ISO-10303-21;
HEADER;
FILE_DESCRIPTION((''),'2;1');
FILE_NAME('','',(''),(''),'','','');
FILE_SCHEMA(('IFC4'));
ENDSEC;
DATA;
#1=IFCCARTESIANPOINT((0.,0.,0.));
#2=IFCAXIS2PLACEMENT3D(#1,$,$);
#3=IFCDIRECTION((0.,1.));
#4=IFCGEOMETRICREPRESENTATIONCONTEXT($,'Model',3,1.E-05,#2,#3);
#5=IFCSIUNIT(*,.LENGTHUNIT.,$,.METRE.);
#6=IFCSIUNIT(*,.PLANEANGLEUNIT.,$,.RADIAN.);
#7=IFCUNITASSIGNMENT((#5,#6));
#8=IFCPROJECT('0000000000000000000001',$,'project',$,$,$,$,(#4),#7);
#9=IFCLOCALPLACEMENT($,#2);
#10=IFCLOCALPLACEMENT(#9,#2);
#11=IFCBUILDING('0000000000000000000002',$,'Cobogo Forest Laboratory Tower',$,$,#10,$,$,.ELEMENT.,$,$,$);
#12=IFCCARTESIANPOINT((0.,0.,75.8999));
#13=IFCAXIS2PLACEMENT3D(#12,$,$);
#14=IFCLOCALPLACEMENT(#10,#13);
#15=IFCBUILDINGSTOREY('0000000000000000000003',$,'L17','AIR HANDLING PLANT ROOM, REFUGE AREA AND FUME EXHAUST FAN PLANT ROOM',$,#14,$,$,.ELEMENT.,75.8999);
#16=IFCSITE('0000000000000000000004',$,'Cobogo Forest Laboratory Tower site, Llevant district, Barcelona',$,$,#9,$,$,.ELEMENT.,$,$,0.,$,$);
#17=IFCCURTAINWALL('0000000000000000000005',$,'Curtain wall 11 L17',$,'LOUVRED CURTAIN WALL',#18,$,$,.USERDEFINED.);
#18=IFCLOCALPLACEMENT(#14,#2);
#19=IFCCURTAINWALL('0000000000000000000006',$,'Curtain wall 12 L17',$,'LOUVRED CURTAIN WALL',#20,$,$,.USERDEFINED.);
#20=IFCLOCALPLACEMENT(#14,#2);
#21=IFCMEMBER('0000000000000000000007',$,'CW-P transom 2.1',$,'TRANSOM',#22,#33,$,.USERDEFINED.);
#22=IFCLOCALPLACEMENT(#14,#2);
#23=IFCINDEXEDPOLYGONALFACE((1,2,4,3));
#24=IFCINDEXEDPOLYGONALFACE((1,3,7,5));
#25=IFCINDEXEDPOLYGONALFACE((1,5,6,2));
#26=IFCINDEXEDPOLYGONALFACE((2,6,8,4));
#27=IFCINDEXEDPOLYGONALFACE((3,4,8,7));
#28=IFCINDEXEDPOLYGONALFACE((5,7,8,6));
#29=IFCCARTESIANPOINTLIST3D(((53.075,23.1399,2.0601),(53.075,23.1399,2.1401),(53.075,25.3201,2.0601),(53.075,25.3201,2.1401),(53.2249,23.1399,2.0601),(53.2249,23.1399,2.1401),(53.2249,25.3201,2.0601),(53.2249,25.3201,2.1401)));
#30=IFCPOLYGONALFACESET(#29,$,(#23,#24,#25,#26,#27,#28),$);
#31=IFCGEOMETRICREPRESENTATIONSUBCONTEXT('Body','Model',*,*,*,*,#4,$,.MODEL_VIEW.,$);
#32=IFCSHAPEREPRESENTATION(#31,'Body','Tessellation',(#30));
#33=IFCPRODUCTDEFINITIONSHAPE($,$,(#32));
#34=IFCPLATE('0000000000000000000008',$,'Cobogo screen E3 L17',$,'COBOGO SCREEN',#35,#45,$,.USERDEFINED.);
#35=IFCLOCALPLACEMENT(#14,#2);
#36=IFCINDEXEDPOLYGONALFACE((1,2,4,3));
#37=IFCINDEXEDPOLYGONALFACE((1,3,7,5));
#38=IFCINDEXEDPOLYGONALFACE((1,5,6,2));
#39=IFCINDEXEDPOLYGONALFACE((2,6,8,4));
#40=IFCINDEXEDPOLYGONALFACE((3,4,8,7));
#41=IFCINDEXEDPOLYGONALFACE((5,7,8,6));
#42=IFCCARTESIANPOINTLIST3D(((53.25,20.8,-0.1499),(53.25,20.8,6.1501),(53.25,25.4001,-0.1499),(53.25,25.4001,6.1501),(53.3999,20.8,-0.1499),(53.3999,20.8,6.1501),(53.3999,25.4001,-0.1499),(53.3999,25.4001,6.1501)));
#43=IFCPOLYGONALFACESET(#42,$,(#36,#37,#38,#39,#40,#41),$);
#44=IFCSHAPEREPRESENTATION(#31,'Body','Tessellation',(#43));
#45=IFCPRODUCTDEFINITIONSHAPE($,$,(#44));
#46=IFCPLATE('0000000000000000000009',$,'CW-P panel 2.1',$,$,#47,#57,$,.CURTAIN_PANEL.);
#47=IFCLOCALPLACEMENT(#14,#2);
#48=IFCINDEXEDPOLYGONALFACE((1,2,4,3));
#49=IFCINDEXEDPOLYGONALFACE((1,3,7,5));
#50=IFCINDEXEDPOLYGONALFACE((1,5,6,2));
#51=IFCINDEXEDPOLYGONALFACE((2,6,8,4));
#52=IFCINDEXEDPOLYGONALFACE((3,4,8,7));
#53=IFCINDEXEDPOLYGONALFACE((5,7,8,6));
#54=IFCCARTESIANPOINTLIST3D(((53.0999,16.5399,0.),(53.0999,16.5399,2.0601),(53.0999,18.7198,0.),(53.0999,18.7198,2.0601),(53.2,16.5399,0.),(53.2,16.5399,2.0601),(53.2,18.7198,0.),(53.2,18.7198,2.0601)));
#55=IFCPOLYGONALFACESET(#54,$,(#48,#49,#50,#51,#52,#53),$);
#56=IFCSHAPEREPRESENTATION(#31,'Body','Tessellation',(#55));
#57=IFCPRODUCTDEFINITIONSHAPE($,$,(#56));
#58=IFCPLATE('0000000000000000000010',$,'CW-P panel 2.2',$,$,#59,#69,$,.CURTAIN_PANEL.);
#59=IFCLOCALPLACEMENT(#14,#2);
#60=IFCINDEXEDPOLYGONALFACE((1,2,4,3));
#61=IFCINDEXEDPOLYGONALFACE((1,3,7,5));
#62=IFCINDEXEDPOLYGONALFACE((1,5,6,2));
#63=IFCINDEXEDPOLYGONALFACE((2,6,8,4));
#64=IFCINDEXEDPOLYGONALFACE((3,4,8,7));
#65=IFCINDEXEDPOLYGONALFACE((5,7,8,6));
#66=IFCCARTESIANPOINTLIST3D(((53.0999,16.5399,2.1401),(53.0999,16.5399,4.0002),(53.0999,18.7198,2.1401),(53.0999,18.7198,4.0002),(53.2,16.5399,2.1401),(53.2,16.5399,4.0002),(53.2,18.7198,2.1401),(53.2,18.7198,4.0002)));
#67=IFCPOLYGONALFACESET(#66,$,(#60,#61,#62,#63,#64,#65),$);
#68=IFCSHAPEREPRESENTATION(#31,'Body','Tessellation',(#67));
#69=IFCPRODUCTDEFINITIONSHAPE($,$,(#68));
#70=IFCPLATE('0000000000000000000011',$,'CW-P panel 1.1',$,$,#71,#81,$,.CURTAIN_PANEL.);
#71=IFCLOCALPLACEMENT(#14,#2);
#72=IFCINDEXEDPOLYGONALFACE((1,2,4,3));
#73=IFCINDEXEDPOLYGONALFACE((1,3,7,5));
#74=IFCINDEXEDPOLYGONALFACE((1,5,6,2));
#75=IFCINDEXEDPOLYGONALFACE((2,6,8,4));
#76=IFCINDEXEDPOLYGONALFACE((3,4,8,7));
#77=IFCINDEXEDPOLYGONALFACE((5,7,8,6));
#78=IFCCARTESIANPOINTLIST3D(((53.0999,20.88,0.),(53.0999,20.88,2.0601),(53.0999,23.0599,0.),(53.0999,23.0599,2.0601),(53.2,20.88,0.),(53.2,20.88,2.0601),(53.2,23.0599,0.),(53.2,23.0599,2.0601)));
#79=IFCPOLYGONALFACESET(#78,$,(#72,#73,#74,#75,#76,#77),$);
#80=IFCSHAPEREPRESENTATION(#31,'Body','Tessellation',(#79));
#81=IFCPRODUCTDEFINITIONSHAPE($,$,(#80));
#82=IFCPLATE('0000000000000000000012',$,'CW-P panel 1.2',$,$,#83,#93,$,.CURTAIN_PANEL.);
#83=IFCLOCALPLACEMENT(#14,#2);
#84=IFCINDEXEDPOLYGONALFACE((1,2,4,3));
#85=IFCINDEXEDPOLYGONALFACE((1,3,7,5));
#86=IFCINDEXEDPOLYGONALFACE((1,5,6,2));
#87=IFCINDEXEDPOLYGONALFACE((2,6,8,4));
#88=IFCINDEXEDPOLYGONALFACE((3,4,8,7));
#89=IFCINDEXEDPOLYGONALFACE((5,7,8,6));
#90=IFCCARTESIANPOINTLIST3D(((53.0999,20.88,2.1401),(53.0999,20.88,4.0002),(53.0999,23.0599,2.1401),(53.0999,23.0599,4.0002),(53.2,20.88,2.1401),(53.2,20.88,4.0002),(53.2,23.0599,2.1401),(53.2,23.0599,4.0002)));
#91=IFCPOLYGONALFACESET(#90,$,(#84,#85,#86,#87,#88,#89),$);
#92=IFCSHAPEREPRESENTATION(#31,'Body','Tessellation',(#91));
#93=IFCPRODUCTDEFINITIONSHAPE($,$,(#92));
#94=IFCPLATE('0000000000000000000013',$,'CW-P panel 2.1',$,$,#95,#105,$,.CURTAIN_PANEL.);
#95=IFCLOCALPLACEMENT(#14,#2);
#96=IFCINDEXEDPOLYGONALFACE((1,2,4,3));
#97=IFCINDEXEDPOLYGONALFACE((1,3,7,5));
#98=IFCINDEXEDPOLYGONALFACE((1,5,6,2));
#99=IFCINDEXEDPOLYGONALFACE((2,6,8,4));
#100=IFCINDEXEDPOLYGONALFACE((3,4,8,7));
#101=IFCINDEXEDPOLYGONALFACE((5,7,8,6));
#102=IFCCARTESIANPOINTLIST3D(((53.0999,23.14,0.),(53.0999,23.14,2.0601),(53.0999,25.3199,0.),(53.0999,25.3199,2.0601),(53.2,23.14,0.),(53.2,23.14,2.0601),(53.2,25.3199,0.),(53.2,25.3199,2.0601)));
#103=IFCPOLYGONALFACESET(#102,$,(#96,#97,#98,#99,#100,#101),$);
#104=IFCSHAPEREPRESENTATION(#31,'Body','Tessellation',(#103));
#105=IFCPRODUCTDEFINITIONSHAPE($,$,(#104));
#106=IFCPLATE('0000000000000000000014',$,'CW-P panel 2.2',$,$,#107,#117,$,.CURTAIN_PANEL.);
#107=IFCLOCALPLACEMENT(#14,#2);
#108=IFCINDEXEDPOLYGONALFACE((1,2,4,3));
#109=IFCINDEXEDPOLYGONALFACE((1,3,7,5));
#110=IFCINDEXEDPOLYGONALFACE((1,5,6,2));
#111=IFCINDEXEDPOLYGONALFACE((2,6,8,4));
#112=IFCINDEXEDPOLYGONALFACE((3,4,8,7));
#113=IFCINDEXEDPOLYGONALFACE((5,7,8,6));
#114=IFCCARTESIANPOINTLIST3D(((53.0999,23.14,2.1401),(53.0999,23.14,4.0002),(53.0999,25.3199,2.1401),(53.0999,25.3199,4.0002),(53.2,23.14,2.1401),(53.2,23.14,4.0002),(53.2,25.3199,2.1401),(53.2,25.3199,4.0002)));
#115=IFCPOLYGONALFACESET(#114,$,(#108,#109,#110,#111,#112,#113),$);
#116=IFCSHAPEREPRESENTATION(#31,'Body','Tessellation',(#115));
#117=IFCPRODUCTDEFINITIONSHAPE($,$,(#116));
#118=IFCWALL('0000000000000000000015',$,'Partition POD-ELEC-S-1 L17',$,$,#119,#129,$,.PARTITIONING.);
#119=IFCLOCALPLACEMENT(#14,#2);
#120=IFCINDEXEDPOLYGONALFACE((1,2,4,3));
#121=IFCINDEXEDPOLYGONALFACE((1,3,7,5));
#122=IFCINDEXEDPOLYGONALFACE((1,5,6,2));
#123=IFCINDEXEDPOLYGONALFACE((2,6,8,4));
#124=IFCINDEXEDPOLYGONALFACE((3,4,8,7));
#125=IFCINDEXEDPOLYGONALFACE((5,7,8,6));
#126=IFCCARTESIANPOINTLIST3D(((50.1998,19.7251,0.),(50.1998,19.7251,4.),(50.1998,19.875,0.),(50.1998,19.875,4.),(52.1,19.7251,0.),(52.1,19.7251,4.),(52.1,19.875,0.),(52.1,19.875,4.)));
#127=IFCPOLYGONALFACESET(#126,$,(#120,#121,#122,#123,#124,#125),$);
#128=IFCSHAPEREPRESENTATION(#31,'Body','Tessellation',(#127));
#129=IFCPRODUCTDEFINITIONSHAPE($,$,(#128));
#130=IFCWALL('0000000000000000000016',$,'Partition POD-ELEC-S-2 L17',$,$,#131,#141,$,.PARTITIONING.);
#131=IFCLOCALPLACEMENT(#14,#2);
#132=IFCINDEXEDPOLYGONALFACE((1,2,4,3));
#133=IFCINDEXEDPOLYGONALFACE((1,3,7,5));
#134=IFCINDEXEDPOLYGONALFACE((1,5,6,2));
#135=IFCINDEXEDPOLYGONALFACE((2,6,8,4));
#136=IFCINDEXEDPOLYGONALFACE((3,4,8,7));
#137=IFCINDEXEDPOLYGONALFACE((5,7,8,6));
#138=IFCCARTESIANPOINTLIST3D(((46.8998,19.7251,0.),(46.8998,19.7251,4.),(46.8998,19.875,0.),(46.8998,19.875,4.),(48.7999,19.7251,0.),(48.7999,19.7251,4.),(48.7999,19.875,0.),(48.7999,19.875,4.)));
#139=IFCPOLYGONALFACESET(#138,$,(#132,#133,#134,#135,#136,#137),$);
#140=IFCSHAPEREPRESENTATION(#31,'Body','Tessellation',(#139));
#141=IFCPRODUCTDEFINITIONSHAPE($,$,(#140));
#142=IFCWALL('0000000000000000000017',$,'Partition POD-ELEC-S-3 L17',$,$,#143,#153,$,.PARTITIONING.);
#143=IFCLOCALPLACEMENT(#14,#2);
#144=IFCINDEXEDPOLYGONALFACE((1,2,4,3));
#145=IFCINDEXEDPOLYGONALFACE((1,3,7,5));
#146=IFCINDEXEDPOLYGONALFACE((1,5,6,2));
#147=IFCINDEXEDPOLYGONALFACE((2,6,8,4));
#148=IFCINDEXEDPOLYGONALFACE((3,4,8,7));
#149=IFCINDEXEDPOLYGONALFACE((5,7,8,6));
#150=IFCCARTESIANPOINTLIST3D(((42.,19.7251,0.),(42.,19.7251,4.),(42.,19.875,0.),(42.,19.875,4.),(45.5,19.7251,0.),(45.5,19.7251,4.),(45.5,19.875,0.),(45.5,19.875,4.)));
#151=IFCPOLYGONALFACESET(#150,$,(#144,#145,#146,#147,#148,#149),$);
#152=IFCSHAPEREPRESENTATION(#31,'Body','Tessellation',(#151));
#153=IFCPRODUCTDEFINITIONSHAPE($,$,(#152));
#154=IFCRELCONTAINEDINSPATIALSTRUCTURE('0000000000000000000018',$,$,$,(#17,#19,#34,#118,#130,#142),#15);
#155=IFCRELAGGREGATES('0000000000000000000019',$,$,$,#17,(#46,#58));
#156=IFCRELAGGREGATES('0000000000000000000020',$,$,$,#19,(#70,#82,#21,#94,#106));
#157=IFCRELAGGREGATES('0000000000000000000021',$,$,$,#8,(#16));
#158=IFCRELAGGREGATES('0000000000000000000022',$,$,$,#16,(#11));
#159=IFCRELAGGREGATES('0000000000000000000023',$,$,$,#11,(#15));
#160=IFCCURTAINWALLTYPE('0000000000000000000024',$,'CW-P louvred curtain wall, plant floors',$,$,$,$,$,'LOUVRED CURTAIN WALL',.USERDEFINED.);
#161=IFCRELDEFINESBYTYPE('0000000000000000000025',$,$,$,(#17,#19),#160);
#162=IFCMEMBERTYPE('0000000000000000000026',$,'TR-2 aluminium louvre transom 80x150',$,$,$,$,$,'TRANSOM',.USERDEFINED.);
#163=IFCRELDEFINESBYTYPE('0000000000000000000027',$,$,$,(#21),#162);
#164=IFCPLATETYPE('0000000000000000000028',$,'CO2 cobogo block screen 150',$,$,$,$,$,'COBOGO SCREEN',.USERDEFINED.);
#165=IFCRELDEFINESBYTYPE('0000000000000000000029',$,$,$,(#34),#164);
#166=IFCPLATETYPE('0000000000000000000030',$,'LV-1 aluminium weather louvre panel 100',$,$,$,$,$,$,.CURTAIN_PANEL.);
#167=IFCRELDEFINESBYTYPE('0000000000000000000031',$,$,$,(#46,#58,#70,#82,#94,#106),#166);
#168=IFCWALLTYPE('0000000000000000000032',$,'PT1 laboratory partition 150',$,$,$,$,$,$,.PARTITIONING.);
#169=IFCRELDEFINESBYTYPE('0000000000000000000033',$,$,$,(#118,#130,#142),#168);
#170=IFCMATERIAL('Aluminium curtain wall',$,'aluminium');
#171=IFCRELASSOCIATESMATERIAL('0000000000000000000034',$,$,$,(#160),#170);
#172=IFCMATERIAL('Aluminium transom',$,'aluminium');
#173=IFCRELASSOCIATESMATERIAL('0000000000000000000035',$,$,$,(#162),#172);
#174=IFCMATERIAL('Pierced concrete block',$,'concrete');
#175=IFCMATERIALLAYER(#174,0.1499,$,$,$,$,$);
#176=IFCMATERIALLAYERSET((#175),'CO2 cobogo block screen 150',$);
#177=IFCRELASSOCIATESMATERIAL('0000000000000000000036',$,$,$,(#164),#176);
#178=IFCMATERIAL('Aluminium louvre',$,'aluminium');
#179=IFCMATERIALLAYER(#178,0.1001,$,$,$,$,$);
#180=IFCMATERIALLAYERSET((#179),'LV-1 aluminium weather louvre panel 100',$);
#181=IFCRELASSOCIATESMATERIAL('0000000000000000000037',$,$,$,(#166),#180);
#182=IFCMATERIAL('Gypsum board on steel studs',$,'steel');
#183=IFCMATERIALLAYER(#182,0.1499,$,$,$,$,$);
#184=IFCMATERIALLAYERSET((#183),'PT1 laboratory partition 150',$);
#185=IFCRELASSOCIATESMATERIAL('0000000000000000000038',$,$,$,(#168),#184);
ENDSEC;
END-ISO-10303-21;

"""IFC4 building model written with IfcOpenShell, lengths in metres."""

from ifc_helpers import new_model, si_unit, direction, frame, frame_2d, origin, origin_2d, place, context, subcontext, project, spatial, rectangle, extrude, material, layer, layer_set, material_profile, profile_set, type_object, element, aggregate, save


model = new_model("IFC4")

# Units and contexts
model_context = context("Model", 3, precision=1e-05, world=origin(), true_north=direction((0.0, 1.0)))
body_context = subcontext(model_context, "Body", "Model", "MODEL_VIEW")
ifc_project = project(units=[si_unit("LENGTHUNIT", "METRE"), si_unit("PLANEANGLEUNIT", "RADIAN")], contexts=[model_context])

# Site, building, storey
site_placement = place(None, origin())
site = spatial("IfcSite", under=ifc_project, at=site_placement, Name="Cobogo Forest Laboratory Tower site, Llevant district, Barcelona", CompositionType="ELEMENT", RefElevation=0.0)
building_placement = place(site_placement, origin())
building = spatial("IfcBuilding", under=site, at=building_placement, Name="Cobogo Forest Laboratory Tower", CompositionType="ELEMENT")
storey_placement = place(building_placement, frame((0.0, 0.0, 75.8999)))
storey = spatial("IfcBuildingStorey", under=building, at=storey_placement, Name="L17", Description="AIR HANDLING PLANT ROOM, REFUGE AREA AND FUME EXHAUST FAN PLANT ROOM", CompositionType="ELEMENT", Elevation=75.8999)

# Curtain wall
ifc_material_1 = material(Name="Aluminium curtain wall", Category="aluminium")
curtain_wall_type = type_object("IfcCurtainWallType", Name="CW-P louvred curtain wall, plant floors", ElementType="LOUVRED CURTAIN WALL", PredefinedType="USERDEFINED", material=ifc_material_1)
curtain_wall_1_placement = place(storey_placement, origin())
curtain_wall_1 = element("IfcCurtainWall", 1, at=curtain_wall_1_placement, inside=storey, type_object=curtain_wall_type, Name="Curtain wall 11 L17", ObjectType="LOUVRED CURTAIN WALL", PredefinedType="USERDEFINED")

# Curtain wall
curtain_wall_2_placement = place(storey_placement, origin())
curtain_wall_2 = element("IfcCurtainWall", 2, at=curtain_wall_2_placement, inside=storey, type_object=curtain_wall_type, Name="Curtain wall 12 L17", ObjectType="LOUVRED CURTAIN WALL", PredefinedType="USERDEFINED")

# Member
ifc_material_2 = material(Name="Aluminium transom", Category="aluminium")
ifc_material_profile_1 = material_profile(ifc_material_2, rectangle(XDim=0.1499, YDim=0.0801, at=origin_2d()), Name="AL 80x150")
ifc_profile_set_1 = profile_set([ifc_material_profile_1], Name="Aluminium transom")
member_type_1 = type_object("IfcMemberType", Name="TR-2 aluminium louvre transom 80x150", ElementType="TRANSOM", PredefinedType="USERDEFINED", material=ifc_profile_set_1)
member_1_placement = place(storey_placement, frame((53.1499, 23.1399, 2.1001), z_axis=(0.0, 1.0, 0.0), x_axis=(-1.0, 0.0, 0.0)))
member_1 = element("IfcMember", 3, at=member_1_placement, type_object=member_type_1, Name="CW-P transom 2.1", ObjectType="TRANSOM", PredefinedType="USERDEFINED", context=body_context, shape_type="SweptSolid", body=[
    extrude(rectangle(XDim=0.1499, YDim=0.0801, at=origin_2d()), origin(), (0.0, 0.0, 1.0), 2.1802),
])

# Plates
ifc_material_3 = material(Name="Pierced concrete block", Category="concrete")
ifc_layer_1 = layer(ifc_material_3, 0.1499)
ifc_layer_set_1 = layer_set([ifc_layer_1], Name="CO2 cobogo block screen 150")
plate_type_1 = type_object("IfcPlateType", Name="CO2 cobogo block screen 150", ElementType="COBOGO SCREEN", PredefinedType="USERDEFINED", material=ifc_layer_set_1)
plate_1_placement = place(storey_placement, frame((53.325, 23.1001, -0.1499), z_axis=(0.0, 0.0, 1.0), x_axis=(0.0, 1.0, 0.0)))
element("IfcPlate", 4, at=plate_1_placement, inside=storey, type_object=plate_type_1, Name="Cobogo screen E3 L17", ObjectType="COBOGO SCREEN", PredefinedType="USERDEFINED", context=body_context, shape_type="SweptSolid", body=[
    extrude(rectangle(XDim=4.6001, YDim=0.1499, at=origin_2d()), origin(), (0.0, 0.0, 1.0), 6.3),
])
ifc_material_4 = material(Name="Aluminium louvre", Category="aluminium")
ifc_layer_2 = layer(ifc_material_4, 0.1001)
ifc_layer_set_2 = layer_set([ifc_layer_2], Name="LV-1 aluminium weather louvre panel 100")
plate_type_2 = type_object("IfcPlateType", Name="LV-1 aluminium weather louvre panel 100", PredefinedType="CURTAIN_PANEL", material=ifc_layer_set_2)
plate_2_placement = place(storey_placement, frame((53.1499, 17.6299, 0.0), z_axis=(0.0, 0.0, 1.0), x_axis=(0.0, 1.0, 0.0)))
plate_2 = element("IfcPlate", 5, at=plate_2_placement, type_object=plate_type_2, Name="CW-P panel 2.1", PredefinedType="CURTAIN_PANEL", context=body_context, shape_type="SweptSolid", body=[
    extrude(rectangle(XDim=2.1799, YDim=0.1001, at=origin_2d()), origin(), (0.0, 0.0, 1.0), 2.0601),
])
plate_3_placement = place(storey_placement, frame((53.1499, 17.6299, 2.1401), z_axis=(0.0, 0.0, 1.0), x_axis=(0.0, 1.0, 0.0)))
plate_3 = element("IfcPlate", 6, at=plate_3_placement, type_object=plate_type_2, Name="CW-P panel 2.2", PredefinedType="CURTAIN_PANEL", context=body_context, shape_type="SweptSolid", body=[
    extrude(rectangle(XDim=2.1799, YDim=0.1001, at=origin_2d()), origin(), (0.0, 0.0, 1.0), 1.8601),
])
aggregate(curtain_wall_1, [plate_2, plate_3])
plate_4_placement = place(storey_placement, frame((53.1499, 21.97, 0.0), z_axis=(0.0, 0.0, 1.0), x_axis=(0.0, 1.0, 0.0)))
plate_4 = element("IfcPlate", 7, at=plate_4_placement, type_object=plate_type_2, Name="CW-P panel 1.1", PredefinedType="CURTAIN_PANEL", context=body_context, shape_type="SweptSolid", body=[
    extrude(rectangle(XDim=2.1799, YDim=0.1001, at=origin_2d()), origin(), (0.0, 0.0, 1.0), 2.0601),
])
plate_5_placement = place(storey_placement, frame((53.1499, 21.97, 2.1401), z_axis=(0.0, 0.0, 1.0), x_axis=(0.0, 1.0, 0.0)))
plate_5 = element("IfcPlate", 8, at=plate_5_placement, type_object=plate_type_2, Name="CW-P panel 1.2", PredefinedType="CURTAIN_PANEL", context=body_context, shape_type="SweptSolid", body=[
    extrude(rectangle(XDim=2.1799, YDim=0.1001, at=origin_2d()), origin(), (0.0, 0.0, 1.0), 1.8601),
])
plate_6_placement = place(storey_placement, frame((53.1499, 24.23, 0.0), z_axis=(0.0, 0.0, 1.0), x_axis=(0.0, 1.0, 0.0)))
plate_6 = element("IfcPlate", 9, at=plate_6_placement, type_object=plate_type_2, Name="CW-P panel 2.1", PredefinedType="CURTAIN_PANEL", context=body_context, shape_type="SweptSolid", body=[
    extrude(rectangle(XDim=2.1799, YDim=0.1001, at=origin_2d()), origin(), (0.0, 0.0, 1.0), 2.0601),
])
plate_7_placement = place(storey_placement, frame((53.1499, 24.23, 2.1401), z_axis=(0.0, 0.0, 1.0), x_axis=(0.0, 1.0, 0.0)))
plate_7 = element("IfcPlate", 10, at=plate_7_placement, type_object=plate_type_2, Name="CW-P panel 2.2", PredefinedType="CURTAIN_PANEL", context=body_context, shape_type="SweptSolid", body=[
    extrude(rectangle(XDim=2.1799, YDim=0.1001, at=origin_2d()), origin(), (0.0, 0.0, 1.0), 1.8601),
])
aggregate(curtain_wall_2, [plate_4, plate_5, member_1, plate_6, plate_7])

# Walls
ifc_material_5 = material(Name="Gypsum board on steel studs", Category="steel")
ifc_layer_3 = layer(ifc_material_5, 0.1499)
ifc_layer_set_3 = layer_set([ifc_layer_3], Name="PT1 laboratory partition 150")
wall_type = type_object("IfcWallType", Name="PT1 laboratory partition 150", PredefinedType="PARTITIONING", material=ifc_layer_set_3)
for number, where, z_axis, x_axis, name in (
    (11, (52.1001, 19.8, 0.0), (0.0, 0.0, 1.0), (-1.0, 0.0, 0.0), "Partition POD-ELEC-S-1 L17"),
    (12, (48.8, 19.8, 0.0), (0.0, 0.0, 1.0), (-1.0, 0.0, 0.0), "Partition POD-ELEC-S-2 L17"),
):
    element("IfcWall", number, at=place(storey_placement, frame(where, z_axis=z_axis, x_axis=x_axis)), inside=storey, type_object=wall_type, Name=name, PredefinedType="PARTITIONING", context=body_context, shape_type="SweptSolid", body=[
        extrude(rectangle(XDim=1.9001, YDim=0.1499, at=frame_2d((0.9502, 0.0))), origin(), (0.0, 0.0, 1.0), 4.0),
    ])
wall_1_placement = place(storey_placement, frame((45.5, 19.8, 0.0), z_axis=(0.0, 0.0, 1.0), x_axis=(-1.0, 0.0, 0.0)))
element("IfcWall", 13, at=wall_1_placement, inside=storey, type_object=wall_type, Name="Partition POD-ELEC-S-3 L17", PredefinedType="PARTITIONING", context=body_context, shape_type="SweptSolid", body=[
    extrude(rectangle(XDim=3.5, YDim=0.1499, at=frame_2d((1.75, 0.0))), origin(), (0.0, 0.0, 1.0), 4.0),
])

save(model, "model.ifc")
